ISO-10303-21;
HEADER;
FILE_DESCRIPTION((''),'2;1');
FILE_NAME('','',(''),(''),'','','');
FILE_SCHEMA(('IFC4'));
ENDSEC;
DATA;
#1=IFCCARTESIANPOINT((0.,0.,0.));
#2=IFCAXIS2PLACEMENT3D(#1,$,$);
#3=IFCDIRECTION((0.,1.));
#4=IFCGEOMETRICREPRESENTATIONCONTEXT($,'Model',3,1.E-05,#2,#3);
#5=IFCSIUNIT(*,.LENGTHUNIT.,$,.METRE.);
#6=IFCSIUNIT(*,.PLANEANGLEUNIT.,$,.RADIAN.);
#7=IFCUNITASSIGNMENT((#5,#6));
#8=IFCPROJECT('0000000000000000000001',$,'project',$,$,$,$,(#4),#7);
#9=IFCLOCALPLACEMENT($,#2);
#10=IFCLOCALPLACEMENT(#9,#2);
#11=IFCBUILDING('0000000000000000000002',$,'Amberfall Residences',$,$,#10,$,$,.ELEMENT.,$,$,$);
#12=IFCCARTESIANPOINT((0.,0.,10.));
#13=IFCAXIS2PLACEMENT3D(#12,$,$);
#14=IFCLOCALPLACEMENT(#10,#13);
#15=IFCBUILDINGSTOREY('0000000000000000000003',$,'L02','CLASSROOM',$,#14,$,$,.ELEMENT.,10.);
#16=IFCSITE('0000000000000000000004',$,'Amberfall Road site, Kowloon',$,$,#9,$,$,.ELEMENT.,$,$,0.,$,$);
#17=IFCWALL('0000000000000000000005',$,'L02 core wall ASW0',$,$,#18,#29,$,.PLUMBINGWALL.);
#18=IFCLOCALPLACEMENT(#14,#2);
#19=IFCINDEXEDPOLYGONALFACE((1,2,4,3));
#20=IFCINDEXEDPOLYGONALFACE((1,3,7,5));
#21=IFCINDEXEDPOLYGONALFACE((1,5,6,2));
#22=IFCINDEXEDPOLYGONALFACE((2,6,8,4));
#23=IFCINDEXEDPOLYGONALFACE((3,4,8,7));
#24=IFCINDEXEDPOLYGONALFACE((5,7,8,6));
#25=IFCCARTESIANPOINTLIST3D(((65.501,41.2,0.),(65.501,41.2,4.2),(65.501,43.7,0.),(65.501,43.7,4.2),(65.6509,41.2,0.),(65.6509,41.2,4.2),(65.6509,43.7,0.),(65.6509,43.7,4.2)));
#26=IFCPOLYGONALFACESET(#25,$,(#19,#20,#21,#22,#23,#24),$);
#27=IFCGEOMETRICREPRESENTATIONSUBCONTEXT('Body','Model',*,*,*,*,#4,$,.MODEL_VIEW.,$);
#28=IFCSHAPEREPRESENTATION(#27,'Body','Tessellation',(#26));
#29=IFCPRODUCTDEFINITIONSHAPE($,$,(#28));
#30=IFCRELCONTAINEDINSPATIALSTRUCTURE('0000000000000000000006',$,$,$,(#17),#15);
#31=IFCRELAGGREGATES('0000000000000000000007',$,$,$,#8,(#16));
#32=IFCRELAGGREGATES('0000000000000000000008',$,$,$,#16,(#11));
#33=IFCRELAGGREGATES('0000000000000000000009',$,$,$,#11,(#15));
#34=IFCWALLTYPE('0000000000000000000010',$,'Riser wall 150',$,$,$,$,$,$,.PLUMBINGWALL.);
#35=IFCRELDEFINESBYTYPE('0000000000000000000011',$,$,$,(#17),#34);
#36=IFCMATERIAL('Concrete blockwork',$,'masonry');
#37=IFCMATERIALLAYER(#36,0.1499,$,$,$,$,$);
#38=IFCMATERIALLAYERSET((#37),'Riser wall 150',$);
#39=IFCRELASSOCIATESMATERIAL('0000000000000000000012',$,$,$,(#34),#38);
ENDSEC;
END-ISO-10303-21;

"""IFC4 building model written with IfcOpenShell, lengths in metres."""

from ifc_helpers import new_model, si_unit, direction, frame, frame_2d, origin, place, context, subcontext, project, spatial, rectangle, extrude, material, layer, layer_set, type_object, element, save


model = new_model("IFC4")

# Units and contexts
model_context = context("Model", 3, precision=1e-05, world=origin(), true_north=direction((0.0, 1.0)))
body_context = subcontext(model_context, "Body", "Model", "MODEL_VIEW")
ifc_project = project(units=[si_unit("LENGTHUNIT", "METRE"), si_unit("PLANEANGLEUNIT", "RADIAN")], contexts=[model_context])

# Site, building, storey
site_placement = place(None, origin())
site = spatial("IfcSite", under=ifc_project, at=site_placement, Name="Amberfall Road site, Kowloon", CompositionType="ELEMENT", RefElevation=0.0)
building_placement = place(site_placement, origin())
building = spatial("IfcBuilding", under=site, at=building_placement, Name="Amberfall Residences", CompositionType="ELEMENT")
storey_placement = place(building_placement, frame((0.0, 0.0, 10.0)))
storey = spatial("IfcBuildingStorey", under=building, at=storey_placement, Name="L02", Description="CLASSROOM", CompositionType="ELEMENT", Elevation=10.0)

# Wall
ifc_material_1 = material(Name="Concrete blockwork", Category="masonry")
ifc_layer_1 = layer(ifc_material_1, 0.1499)
ifc_layer_set_1 = layer_set([ifc_layer_1], Name="Riser wall 150")
wall_type_1 = type_object("IfcWallType", Name="Riser wall 150", PredefinedType="PLUMBINGWALL", material=ifc_layer_set_1)
wall_1_placement = place(storey_placement, frame((65.5759, 41.2, 0.0), z_axis=(0.0, 0.0, 1.0), x_axis=(0.0, 1.0, 0.0)))
element("IfcWall", 1, at=wall_1_placement, inside=storey, type_object=wall_type_1, Name="L02 core wall ASW0", PredefinedType="PLUMBINGWALL", context=body_context, shape_type="SweptSolid", body=[
    extrude(rectangle(XDim=2.5, YDim=0.1499, at=frame_2d((1.25, 0.0))), origin(), (0.0, 0.0, 1.0), 4.2),
])

save(model, "model.ifc")
